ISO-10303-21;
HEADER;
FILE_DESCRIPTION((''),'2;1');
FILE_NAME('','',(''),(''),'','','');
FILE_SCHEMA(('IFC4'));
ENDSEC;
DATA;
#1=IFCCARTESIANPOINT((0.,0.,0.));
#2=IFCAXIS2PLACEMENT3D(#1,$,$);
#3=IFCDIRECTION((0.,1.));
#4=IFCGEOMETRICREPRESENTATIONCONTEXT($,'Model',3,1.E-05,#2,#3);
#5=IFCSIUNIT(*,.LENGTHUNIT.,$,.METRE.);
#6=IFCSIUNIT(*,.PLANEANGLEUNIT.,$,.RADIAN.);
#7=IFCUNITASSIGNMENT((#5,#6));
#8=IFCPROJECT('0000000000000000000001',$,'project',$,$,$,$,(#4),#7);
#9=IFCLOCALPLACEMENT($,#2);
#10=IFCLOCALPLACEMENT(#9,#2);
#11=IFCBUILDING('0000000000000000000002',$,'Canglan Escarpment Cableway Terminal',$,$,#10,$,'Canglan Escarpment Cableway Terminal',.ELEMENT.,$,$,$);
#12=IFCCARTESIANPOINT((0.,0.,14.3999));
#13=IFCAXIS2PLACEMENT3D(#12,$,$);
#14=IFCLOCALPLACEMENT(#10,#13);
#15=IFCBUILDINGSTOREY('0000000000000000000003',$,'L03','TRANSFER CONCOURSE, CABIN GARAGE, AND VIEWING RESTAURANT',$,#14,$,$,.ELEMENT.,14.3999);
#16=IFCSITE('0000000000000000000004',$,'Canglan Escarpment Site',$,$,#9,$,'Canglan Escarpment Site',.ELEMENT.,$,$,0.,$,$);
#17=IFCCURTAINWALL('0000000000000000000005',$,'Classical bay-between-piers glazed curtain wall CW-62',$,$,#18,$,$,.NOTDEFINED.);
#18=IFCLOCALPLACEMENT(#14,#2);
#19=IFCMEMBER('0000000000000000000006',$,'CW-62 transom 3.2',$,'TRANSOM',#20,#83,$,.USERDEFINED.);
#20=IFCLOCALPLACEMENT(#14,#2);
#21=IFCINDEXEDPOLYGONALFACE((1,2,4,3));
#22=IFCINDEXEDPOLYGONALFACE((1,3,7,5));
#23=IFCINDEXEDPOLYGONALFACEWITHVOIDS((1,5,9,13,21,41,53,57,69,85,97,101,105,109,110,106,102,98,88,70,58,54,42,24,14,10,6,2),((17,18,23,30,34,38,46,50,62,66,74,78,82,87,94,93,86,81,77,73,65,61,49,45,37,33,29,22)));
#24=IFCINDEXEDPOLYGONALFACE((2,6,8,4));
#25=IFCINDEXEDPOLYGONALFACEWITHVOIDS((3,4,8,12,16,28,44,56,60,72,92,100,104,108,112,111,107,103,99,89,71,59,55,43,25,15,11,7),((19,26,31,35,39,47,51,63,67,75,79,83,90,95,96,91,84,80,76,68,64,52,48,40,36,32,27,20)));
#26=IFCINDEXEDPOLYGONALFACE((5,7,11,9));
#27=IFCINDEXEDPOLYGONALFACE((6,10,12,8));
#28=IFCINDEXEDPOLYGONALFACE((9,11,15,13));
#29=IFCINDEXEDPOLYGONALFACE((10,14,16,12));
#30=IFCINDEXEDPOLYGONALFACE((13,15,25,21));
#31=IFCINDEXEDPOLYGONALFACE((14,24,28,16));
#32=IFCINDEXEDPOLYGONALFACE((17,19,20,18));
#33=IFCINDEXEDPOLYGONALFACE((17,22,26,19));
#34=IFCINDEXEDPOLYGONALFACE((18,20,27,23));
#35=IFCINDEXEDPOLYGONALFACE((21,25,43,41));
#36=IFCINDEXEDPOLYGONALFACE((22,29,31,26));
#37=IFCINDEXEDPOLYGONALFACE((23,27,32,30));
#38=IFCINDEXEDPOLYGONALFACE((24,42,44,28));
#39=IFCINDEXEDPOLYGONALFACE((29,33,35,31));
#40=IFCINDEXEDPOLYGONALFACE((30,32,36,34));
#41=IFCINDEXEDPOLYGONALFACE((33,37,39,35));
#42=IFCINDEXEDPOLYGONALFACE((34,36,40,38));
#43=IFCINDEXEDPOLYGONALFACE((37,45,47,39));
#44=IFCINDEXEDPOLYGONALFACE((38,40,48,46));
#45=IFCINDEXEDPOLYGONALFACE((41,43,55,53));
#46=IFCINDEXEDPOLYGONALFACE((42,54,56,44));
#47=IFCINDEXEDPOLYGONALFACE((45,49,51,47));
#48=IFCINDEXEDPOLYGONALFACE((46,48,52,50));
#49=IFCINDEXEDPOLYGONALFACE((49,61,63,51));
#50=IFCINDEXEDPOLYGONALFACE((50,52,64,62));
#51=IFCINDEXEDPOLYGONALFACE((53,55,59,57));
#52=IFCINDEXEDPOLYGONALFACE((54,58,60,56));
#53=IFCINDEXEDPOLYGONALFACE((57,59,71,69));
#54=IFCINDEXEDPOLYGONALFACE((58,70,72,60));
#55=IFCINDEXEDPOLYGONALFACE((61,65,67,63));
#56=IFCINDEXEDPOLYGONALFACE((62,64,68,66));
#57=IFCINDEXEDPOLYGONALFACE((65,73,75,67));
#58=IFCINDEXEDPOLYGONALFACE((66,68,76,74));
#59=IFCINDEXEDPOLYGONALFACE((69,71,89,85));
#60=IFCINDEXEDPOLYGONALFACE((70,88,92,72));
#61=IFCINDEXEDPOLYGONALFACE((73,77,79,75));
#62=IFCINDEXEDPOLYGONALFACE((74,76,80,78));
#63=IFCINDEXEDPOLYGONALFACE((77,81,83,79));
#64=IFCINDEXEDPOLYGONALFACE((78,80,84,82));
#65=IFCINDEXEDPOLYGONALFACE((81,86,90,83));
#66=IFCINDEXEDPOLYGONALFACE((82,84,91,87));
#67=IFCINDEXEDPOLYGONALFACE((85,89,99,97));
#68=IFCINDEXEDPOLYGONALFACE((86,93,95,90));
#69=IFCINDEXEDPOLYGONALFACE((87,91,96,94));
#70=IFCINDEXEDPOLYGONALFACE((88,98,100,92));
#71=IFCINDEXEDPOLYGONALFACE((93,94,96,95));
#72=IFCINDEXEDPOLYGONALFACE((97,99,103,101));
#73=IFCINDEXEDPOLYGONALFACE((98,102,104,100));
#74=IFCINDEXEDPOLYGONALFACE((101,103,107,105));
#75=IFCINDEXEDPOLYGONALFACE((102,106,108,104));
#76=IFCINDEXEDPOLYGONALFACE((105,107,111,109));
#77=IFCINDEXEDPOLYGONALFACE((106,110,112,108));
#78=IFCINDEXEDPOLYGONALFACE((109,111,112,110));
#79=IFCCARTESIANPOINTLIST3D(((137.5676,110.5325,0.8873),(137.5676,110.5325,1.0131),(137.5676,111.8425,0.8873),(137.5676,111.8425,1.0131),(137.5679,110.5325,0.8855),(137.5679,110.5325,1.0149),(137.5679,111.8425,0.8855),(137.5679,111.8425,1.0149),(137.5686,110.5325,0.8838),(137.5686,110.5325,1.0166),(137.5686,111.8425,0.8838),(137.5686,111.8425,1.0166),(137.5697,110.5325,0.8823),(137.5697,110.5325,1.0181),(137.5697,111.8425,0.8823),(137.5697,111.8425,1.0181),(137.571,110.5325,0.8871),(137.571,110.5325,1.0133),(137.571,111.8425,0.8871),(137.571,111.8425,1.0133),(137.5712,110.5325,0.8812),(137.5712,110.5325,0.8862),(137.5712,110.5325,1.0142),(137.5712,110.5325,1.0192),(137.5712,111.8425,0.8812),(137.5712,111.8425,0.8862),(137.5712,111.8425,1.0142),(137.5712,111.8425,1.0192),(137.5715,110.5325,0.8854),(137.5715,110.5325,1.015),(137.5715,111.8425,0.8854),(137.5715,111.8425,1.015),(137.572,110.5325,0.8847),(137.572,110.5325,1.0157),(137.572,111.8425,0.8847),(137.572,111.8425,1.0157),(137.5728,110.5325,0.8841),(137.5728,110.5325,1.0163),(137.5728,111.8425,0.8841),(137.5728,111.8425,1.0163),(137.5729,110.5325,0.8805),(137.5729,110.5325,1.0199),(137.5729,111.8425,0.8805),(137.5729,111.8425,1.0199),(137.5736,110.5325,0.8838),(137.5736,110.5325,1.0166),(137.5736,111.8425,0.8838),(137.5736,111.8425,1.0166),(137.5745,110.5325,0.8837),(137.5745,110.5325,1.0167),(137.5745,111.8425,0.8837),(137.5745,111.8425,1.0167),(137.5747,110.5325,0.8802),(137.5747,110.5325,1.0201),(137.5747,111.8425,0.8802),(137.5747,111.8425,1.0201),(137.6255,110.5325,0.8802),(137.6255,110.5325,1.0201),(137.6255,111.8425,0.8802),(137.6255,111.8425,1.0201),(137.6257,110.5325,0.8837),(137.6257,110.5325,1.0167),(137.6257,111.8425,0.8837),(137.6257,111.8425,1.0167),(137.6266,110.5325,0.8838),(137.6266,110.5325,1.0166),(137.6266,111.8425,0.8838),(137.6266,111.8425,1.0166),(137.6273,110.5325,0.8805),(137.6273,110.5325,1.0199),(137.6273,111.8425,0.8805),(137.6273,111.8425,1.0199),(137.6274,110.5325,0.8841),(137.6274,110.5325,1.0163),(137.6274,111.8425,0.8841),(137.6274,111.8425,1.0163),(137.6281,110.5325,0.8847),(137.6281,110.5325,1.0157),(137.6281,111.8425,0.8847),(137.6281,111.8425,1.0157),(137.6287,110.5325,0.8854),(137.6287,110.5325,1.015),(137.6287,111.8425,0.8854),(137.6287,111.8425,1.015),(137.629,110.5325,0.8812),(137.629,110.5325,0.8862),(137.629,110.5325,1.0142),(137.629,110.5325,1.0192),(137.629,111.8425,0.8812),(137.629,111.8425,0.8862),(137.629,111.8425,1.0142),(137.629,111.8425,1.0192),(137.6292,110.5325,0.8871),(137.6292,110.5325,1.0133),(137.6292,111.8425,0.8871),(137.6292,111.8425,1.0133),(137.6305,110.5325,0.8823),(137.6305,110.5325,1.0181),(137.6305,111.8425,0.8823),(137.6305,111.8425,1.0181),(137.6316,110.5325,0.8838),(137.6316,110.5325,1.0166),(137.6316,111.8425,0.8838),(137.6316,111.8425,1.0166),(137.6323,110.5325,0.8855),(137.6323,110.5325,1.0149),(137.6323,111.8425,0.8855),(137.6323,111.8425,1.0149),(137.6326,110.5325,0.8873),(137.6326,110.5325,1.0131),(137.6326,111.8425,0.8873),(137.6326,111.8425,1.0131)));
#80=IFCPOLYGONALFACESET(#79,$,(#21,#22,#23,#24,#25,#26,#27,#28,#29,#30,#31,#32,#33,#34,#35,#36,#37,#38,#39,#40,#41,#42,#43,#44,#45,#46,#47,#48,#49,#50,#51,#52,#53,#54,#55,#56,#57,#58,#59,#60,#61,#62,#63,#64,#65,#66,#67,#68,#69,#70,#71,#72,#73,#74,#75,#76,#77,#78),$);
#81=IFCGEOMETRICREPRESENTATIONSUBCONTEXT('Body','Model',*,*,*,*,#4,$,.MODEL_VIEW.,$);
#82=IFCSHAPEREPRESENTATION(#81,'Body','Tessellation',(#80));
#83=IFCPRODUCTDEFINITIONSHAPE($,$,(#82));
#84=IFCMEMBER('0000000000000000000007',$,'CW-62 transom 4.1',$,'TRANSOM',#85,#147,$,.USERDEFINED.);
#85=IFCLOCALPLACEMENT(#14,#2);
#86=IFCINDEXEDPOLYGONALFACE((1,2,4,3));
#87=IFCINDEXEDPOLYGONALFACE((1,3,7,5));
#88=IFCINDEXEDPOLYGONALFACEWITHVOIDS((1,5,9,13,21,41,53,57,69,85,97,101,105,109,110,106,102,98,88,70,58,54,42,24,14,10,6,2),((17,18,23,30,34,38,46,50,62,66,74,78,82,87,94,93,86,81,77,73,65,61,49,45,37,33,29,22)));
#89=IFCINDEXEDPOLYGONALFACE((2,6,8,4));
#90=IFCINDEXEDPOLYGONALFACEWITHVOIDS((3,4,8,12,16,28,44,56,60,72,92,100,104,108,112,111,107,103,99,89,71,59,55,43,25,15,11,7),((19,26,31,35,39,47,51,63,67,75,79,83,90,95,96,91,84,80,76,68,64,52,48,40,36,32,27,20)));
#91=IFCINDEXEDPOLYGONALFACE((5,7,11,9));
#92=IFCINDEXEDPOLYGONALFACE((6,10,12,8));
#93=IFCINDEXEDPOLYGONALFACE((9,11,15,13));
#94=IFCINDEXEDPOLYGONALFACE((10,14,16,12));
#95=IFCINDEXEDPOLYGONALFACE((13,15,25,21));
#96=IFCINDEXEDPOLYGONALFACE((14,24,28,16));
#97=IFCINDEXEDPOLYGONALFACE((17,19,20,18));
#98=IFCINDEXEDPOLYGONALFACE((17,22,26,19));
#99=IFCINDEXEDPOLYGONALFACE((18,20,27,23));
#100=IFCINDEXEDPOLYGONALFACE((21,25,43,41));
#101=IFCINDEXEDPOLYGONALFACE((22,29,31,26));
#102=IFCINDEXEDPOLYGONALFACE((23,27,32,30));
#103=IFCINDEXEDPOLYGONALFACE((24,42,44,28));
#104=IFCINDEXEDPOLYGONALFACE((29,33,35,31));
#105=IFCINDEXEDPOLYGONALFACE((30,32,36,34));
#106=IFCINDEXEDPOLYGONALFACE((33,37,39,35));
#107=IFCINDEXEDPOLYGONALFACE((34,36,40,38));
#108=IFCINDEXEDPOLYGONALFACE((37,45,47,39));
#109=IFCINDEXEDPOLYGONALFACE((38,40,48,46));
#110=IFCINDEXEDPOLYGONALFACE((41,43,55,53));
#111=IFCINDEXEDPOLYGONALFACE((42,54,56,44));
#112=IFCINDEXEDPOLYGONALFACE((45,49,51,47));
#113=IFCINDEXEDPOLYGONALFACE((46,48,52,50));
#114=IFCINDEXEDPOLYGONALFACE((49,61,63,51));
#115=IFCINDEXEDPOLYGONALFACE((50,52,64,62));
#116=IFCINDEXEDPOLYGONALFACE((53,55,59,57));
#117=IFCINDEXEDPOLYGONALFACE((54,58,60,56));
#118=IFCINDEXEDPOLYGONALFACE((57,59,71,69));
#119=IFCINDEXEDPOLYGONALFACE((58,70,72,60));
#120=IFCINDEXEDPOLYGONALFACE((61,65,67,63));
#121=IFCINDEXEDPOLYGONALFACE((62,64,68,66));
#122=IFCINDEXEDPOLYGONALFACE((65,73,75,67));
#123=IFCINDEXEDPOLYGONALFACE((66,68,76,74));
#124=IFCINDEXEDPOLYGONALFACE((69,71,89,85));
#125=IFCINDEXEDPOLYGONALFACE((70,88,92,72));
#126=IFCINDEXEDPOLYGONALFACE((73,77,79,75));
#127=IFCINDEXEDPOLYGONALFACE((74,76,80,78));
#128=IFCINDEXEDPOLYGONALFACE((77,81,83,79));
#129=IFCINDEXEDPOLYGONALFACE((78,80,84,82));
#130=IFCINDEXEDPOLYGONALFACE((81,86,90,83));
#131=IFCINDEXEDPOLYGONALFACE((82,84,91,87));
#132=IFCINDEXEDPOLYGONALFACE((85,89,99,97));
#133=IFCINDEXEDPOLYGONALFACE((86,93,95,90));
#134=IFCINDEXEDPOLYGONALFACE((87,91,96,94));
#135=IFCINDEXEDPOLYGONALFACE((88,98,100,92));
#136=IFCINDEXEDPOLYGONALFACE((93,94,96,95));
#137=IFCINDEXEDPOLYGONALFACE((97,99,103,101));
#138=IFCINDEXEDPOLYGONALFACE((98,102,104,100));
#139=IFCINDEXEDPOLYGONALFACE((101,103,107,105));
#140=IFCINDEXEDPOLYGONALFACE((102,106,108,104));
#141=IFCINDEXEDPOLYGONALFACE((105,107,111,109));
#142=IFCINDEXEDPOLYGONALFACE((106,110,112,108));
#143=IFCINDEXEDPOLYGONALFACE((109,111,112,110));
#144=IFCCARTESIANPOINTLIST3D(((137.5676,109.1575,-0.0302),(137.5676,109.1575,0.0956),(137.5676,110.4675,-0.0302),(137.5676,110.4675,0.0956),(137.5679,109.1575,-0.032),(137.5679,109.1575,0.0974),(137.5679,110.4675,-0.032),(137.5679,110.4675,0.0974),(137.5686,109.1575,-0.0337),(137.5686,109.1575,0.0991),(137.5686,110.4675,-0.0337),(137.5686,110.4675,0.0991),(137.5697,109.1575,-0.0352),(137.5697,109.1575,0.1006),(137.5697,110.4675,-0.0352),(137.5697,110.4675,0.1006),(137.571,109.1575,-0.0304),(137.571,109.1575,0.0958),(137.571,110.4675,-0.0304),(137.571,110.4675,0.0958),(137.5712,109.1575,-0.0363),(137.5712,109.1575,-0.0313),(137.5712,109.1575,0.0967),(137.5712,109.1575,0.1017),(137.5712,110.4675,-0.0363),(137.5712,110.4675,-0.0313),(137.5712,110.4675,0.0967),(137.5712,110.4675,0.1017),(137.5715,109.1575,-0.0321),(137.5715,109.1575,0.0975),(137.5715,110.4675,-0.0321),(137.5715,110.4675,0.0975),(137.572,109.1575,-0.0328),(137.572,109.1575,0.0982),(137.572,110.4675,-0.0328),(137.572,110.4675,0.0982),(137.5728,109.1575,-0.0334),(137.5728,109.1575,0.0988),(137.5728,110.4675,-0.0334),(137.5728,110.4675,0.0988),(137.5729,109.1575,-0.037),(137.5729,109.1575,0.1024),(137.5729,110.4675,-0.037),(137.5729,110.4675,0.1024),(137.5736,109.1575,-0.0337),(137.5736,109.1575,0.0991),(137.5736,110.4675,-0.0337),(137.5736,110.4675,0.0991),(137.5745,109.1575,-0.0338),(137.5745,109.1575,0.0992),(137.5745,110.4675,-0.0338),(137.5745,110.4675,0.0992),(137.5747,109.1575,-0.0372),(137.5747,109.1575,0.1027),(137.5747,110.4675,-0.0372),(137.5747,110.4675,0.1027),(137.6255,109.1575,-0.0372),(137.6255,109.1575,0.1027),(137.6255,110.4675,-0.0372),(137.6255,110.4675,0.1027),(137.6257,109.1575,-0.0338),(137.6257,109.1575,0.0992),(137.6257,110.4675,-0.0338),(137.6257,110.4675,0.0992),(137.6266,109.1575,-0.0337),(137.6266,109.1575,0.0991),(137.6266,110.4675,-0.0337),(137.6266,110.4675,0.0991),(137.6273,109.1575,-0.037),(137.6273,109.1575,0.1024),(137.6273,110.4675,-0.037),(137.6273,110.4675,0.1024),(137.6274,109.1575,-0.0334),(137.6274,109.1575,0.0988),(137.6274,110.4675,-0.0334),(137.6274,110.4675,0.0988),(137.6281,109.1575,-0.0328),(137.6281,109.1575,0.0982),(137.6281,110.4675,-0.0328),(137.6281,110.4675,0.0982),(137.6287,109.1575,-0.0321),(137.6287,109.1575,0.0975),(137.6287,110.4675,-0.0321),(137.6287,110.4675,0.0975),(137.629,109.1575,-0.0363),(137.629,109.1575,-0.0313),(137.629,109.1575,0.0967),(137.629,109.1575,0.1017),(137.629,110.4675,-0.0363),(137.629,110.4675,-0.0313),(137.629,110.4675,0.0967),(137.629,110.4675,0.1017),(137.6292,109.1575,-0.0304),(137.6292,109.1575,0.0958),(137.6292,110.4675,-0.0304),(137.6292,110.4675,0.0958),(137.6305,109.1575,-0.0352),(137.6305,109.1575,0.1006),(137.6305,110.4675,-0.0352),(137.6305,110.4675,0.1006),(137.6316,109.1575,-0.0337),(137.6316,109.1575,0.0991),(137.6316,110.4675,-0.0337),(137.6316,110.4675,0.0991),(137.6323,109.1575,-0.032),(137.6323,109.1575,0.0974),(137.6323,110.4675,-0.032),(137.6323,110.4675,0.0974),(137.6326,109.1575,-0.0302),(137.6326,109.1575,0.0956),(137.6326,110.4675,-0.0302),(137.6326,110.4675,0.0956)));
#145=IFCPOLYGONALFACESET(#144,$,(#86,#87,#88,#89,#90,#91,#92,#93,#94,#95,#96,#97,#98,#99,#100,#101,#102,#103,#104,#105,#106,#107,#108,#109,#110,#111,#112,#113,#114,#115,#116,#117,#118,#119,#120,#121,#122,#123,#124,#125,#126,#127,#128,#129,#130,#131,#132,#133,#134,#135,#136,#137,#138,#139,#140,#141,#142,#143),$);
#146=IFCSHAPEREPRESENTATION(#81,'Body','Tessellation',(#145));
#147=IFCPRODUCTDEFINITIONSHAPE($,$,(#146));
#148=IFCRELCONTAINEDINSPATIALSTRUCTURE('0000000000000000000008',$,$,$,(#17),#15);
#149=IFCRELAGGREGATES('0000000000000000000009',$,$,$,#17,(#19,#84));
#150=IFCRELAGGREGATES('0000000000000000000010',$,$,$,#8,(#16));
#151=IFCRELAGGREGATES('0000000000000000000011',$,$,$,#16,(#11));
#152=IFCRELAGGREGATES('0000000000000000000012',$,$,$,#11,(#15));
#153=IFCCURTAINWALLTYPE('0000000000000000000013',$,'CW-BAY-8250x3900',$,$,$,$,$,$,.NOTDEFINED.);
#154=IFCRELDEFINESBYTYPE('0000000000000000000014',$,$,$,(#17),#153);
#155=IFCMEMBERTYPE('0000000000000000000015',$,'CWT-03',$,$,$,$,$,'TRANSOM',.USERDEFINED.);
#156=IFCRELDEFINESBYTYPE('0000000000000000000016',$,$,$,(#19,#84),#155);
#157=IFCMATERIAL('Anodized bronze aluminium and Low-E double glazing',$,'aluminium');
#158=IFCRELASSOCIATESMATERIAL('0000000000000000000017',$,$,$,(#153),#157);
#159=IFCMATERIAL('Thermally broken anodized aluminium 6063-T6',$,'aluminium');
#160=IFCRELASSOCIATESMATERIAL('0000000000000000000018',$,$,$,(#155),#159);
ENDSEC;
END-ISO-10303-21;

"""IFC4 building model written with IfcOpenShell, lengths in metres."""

from ifc_helpers import new_model, si_unit, direction, frame, origin, origin_2d, place, context, subcontext, project, spatial, hollow_rectangle, extrude, material, material_profile, profile_set, type_object, element, aggregate, save


model = new_model("IFC4")

# Units and contexts
model_context = context("Model", 3, precision=1e-05, world=origin(), true_north=direction((0.0, 1.0)))
body_context = subcontext(model_context, "Body", "Model", "MODEL_VIEW")
ifc_project = project(units=[si_unit("LENGTHUNIT", "METRE"), si_unit("PLANEANGLEUNIT", "RADIAN")], contexts=[model_context])

# Site, building, storey
site_placement = place(None, origin())
site = spatial("IfcSite", under=ifc_project, at=site_placement, Name="Canglan Escarpment Site", LongName="Canglan Escarpment Site", CompositionType="ELEMENT", RefElevation=0.0)
building_placement = place(site_placement, origin())
building = spatial("IfcBuilding", under=site, at=building_placement, Name="Canglan Escarpment Cableway Terminal", LongName="Canglan Escarpment Cableway Terminal", CompositionType="ELEMENT")
storey_placement = place(building_placement, frame((0.0, 0.0, 14.3999)))
storey = spatial("IfcBuildingStorey", under=building, at=storey_placement, Name="L03", Description="TRANSFER CONCOURSE, CABIN GARAGE, AND VIEWING RESTAURANT", CompositionType="ELEMENT", Elevation=14.3999)

# Curtain wall, members
ifc_material_1 = material(Name="Anodized bronze aluminium and Low-E double glazing", Category="aluminium")
curtain_wall_type = type_object("IfcCurtainWallType", Name="CW-BAY-8250x3900", PredefinedType="NOTDEFINED", material=ifc_material_1)
curtain_wall_placement = place(storey_placement, origin())
curtain_wall = element("IfcCurtainWall", 1, at=curtain_wall_placement, inside=storey, type_object=curtain_wall_type, Name="Classical bay-between-piers glazed curtain wall CW-62", PredefinedType="NOTDEFINED")
ifc_material_2 = material(Name="Thermally broken anodized aluminium 6063-T6", Category="aluminium")
ifc_material_profile_1 = material_profile(ifc_material_2, hollow_rectangle(XDim=0.0649, YDim=0.1399, WallThickness=0.0034, InnerFilletRadius=0.0034, OuterFilletRadius=0.0071, at=origin_2d()), Name="ALU-TRAN 65x140x3.5")
ifc_profile_set_1 = profile_set([ifc_material_profile_1], Name="Thermally broken anodized aluminium 6063-T6")
member_type_1 = type_object("IfcMemberType", Name="CWT-03", ElementType="TRANSOM", PredefinedType="USERDEFINED", material=ifc_profile_set_1)
member_1_placement = place(storey_placement, frame((137.6001, 111.8425, 0.9502), z_axis=(0.0, -1.0, 0.0), x_axis=(1.0, 0.0, 0.0)))
member_1 = element("IfcMember", 2, at=member_1_placement, type_object=member_type_1, Name="CW-62 transom 3.2", ObjectType="TRANSOM", PredefinedType="USERDEFINED", context=body_context, shape_type="SweptSolid", body=[
    extrude(hollow_rectangle(XDim=0.0649, YDim=0.1399, WallThickness=0.0034, InnerFilletRadius=0.0034, OuterFilletRadius=0.0071, at=origin_2d()), origin(), (0.0, 0.0, 1.0), 1.3101),
])
member_2_placement = place(storey_placement, frame((137.6001, 110.4675, 0.0327), z_axis=(0.0, -1.0, 0.0), x_axis=(1.0, 0.0, 0.0)))
member_2 = element("IfcMember", 3, at=member_2_placement, type_object=member_type_1, Name="CW-62 transom 4.1", ObjectType="TRANSOM", PredefinedType="USERDEFINED", context=body_context, shape_type="SweptSolid", body=[
    extrude(hollow_rectangle(XDim=0.0649, YDim=0.1399, WallThickness=0.0034, InnerFilletRadius=0.0034, OuterFilletRadius=0.0071, at=origin_2d()), origin(), (0.0, 0.0, 1.0), 1.3101),
])

aggregate(curtain_wall, [member_1, member_2])

save(model, "model.ifc")
